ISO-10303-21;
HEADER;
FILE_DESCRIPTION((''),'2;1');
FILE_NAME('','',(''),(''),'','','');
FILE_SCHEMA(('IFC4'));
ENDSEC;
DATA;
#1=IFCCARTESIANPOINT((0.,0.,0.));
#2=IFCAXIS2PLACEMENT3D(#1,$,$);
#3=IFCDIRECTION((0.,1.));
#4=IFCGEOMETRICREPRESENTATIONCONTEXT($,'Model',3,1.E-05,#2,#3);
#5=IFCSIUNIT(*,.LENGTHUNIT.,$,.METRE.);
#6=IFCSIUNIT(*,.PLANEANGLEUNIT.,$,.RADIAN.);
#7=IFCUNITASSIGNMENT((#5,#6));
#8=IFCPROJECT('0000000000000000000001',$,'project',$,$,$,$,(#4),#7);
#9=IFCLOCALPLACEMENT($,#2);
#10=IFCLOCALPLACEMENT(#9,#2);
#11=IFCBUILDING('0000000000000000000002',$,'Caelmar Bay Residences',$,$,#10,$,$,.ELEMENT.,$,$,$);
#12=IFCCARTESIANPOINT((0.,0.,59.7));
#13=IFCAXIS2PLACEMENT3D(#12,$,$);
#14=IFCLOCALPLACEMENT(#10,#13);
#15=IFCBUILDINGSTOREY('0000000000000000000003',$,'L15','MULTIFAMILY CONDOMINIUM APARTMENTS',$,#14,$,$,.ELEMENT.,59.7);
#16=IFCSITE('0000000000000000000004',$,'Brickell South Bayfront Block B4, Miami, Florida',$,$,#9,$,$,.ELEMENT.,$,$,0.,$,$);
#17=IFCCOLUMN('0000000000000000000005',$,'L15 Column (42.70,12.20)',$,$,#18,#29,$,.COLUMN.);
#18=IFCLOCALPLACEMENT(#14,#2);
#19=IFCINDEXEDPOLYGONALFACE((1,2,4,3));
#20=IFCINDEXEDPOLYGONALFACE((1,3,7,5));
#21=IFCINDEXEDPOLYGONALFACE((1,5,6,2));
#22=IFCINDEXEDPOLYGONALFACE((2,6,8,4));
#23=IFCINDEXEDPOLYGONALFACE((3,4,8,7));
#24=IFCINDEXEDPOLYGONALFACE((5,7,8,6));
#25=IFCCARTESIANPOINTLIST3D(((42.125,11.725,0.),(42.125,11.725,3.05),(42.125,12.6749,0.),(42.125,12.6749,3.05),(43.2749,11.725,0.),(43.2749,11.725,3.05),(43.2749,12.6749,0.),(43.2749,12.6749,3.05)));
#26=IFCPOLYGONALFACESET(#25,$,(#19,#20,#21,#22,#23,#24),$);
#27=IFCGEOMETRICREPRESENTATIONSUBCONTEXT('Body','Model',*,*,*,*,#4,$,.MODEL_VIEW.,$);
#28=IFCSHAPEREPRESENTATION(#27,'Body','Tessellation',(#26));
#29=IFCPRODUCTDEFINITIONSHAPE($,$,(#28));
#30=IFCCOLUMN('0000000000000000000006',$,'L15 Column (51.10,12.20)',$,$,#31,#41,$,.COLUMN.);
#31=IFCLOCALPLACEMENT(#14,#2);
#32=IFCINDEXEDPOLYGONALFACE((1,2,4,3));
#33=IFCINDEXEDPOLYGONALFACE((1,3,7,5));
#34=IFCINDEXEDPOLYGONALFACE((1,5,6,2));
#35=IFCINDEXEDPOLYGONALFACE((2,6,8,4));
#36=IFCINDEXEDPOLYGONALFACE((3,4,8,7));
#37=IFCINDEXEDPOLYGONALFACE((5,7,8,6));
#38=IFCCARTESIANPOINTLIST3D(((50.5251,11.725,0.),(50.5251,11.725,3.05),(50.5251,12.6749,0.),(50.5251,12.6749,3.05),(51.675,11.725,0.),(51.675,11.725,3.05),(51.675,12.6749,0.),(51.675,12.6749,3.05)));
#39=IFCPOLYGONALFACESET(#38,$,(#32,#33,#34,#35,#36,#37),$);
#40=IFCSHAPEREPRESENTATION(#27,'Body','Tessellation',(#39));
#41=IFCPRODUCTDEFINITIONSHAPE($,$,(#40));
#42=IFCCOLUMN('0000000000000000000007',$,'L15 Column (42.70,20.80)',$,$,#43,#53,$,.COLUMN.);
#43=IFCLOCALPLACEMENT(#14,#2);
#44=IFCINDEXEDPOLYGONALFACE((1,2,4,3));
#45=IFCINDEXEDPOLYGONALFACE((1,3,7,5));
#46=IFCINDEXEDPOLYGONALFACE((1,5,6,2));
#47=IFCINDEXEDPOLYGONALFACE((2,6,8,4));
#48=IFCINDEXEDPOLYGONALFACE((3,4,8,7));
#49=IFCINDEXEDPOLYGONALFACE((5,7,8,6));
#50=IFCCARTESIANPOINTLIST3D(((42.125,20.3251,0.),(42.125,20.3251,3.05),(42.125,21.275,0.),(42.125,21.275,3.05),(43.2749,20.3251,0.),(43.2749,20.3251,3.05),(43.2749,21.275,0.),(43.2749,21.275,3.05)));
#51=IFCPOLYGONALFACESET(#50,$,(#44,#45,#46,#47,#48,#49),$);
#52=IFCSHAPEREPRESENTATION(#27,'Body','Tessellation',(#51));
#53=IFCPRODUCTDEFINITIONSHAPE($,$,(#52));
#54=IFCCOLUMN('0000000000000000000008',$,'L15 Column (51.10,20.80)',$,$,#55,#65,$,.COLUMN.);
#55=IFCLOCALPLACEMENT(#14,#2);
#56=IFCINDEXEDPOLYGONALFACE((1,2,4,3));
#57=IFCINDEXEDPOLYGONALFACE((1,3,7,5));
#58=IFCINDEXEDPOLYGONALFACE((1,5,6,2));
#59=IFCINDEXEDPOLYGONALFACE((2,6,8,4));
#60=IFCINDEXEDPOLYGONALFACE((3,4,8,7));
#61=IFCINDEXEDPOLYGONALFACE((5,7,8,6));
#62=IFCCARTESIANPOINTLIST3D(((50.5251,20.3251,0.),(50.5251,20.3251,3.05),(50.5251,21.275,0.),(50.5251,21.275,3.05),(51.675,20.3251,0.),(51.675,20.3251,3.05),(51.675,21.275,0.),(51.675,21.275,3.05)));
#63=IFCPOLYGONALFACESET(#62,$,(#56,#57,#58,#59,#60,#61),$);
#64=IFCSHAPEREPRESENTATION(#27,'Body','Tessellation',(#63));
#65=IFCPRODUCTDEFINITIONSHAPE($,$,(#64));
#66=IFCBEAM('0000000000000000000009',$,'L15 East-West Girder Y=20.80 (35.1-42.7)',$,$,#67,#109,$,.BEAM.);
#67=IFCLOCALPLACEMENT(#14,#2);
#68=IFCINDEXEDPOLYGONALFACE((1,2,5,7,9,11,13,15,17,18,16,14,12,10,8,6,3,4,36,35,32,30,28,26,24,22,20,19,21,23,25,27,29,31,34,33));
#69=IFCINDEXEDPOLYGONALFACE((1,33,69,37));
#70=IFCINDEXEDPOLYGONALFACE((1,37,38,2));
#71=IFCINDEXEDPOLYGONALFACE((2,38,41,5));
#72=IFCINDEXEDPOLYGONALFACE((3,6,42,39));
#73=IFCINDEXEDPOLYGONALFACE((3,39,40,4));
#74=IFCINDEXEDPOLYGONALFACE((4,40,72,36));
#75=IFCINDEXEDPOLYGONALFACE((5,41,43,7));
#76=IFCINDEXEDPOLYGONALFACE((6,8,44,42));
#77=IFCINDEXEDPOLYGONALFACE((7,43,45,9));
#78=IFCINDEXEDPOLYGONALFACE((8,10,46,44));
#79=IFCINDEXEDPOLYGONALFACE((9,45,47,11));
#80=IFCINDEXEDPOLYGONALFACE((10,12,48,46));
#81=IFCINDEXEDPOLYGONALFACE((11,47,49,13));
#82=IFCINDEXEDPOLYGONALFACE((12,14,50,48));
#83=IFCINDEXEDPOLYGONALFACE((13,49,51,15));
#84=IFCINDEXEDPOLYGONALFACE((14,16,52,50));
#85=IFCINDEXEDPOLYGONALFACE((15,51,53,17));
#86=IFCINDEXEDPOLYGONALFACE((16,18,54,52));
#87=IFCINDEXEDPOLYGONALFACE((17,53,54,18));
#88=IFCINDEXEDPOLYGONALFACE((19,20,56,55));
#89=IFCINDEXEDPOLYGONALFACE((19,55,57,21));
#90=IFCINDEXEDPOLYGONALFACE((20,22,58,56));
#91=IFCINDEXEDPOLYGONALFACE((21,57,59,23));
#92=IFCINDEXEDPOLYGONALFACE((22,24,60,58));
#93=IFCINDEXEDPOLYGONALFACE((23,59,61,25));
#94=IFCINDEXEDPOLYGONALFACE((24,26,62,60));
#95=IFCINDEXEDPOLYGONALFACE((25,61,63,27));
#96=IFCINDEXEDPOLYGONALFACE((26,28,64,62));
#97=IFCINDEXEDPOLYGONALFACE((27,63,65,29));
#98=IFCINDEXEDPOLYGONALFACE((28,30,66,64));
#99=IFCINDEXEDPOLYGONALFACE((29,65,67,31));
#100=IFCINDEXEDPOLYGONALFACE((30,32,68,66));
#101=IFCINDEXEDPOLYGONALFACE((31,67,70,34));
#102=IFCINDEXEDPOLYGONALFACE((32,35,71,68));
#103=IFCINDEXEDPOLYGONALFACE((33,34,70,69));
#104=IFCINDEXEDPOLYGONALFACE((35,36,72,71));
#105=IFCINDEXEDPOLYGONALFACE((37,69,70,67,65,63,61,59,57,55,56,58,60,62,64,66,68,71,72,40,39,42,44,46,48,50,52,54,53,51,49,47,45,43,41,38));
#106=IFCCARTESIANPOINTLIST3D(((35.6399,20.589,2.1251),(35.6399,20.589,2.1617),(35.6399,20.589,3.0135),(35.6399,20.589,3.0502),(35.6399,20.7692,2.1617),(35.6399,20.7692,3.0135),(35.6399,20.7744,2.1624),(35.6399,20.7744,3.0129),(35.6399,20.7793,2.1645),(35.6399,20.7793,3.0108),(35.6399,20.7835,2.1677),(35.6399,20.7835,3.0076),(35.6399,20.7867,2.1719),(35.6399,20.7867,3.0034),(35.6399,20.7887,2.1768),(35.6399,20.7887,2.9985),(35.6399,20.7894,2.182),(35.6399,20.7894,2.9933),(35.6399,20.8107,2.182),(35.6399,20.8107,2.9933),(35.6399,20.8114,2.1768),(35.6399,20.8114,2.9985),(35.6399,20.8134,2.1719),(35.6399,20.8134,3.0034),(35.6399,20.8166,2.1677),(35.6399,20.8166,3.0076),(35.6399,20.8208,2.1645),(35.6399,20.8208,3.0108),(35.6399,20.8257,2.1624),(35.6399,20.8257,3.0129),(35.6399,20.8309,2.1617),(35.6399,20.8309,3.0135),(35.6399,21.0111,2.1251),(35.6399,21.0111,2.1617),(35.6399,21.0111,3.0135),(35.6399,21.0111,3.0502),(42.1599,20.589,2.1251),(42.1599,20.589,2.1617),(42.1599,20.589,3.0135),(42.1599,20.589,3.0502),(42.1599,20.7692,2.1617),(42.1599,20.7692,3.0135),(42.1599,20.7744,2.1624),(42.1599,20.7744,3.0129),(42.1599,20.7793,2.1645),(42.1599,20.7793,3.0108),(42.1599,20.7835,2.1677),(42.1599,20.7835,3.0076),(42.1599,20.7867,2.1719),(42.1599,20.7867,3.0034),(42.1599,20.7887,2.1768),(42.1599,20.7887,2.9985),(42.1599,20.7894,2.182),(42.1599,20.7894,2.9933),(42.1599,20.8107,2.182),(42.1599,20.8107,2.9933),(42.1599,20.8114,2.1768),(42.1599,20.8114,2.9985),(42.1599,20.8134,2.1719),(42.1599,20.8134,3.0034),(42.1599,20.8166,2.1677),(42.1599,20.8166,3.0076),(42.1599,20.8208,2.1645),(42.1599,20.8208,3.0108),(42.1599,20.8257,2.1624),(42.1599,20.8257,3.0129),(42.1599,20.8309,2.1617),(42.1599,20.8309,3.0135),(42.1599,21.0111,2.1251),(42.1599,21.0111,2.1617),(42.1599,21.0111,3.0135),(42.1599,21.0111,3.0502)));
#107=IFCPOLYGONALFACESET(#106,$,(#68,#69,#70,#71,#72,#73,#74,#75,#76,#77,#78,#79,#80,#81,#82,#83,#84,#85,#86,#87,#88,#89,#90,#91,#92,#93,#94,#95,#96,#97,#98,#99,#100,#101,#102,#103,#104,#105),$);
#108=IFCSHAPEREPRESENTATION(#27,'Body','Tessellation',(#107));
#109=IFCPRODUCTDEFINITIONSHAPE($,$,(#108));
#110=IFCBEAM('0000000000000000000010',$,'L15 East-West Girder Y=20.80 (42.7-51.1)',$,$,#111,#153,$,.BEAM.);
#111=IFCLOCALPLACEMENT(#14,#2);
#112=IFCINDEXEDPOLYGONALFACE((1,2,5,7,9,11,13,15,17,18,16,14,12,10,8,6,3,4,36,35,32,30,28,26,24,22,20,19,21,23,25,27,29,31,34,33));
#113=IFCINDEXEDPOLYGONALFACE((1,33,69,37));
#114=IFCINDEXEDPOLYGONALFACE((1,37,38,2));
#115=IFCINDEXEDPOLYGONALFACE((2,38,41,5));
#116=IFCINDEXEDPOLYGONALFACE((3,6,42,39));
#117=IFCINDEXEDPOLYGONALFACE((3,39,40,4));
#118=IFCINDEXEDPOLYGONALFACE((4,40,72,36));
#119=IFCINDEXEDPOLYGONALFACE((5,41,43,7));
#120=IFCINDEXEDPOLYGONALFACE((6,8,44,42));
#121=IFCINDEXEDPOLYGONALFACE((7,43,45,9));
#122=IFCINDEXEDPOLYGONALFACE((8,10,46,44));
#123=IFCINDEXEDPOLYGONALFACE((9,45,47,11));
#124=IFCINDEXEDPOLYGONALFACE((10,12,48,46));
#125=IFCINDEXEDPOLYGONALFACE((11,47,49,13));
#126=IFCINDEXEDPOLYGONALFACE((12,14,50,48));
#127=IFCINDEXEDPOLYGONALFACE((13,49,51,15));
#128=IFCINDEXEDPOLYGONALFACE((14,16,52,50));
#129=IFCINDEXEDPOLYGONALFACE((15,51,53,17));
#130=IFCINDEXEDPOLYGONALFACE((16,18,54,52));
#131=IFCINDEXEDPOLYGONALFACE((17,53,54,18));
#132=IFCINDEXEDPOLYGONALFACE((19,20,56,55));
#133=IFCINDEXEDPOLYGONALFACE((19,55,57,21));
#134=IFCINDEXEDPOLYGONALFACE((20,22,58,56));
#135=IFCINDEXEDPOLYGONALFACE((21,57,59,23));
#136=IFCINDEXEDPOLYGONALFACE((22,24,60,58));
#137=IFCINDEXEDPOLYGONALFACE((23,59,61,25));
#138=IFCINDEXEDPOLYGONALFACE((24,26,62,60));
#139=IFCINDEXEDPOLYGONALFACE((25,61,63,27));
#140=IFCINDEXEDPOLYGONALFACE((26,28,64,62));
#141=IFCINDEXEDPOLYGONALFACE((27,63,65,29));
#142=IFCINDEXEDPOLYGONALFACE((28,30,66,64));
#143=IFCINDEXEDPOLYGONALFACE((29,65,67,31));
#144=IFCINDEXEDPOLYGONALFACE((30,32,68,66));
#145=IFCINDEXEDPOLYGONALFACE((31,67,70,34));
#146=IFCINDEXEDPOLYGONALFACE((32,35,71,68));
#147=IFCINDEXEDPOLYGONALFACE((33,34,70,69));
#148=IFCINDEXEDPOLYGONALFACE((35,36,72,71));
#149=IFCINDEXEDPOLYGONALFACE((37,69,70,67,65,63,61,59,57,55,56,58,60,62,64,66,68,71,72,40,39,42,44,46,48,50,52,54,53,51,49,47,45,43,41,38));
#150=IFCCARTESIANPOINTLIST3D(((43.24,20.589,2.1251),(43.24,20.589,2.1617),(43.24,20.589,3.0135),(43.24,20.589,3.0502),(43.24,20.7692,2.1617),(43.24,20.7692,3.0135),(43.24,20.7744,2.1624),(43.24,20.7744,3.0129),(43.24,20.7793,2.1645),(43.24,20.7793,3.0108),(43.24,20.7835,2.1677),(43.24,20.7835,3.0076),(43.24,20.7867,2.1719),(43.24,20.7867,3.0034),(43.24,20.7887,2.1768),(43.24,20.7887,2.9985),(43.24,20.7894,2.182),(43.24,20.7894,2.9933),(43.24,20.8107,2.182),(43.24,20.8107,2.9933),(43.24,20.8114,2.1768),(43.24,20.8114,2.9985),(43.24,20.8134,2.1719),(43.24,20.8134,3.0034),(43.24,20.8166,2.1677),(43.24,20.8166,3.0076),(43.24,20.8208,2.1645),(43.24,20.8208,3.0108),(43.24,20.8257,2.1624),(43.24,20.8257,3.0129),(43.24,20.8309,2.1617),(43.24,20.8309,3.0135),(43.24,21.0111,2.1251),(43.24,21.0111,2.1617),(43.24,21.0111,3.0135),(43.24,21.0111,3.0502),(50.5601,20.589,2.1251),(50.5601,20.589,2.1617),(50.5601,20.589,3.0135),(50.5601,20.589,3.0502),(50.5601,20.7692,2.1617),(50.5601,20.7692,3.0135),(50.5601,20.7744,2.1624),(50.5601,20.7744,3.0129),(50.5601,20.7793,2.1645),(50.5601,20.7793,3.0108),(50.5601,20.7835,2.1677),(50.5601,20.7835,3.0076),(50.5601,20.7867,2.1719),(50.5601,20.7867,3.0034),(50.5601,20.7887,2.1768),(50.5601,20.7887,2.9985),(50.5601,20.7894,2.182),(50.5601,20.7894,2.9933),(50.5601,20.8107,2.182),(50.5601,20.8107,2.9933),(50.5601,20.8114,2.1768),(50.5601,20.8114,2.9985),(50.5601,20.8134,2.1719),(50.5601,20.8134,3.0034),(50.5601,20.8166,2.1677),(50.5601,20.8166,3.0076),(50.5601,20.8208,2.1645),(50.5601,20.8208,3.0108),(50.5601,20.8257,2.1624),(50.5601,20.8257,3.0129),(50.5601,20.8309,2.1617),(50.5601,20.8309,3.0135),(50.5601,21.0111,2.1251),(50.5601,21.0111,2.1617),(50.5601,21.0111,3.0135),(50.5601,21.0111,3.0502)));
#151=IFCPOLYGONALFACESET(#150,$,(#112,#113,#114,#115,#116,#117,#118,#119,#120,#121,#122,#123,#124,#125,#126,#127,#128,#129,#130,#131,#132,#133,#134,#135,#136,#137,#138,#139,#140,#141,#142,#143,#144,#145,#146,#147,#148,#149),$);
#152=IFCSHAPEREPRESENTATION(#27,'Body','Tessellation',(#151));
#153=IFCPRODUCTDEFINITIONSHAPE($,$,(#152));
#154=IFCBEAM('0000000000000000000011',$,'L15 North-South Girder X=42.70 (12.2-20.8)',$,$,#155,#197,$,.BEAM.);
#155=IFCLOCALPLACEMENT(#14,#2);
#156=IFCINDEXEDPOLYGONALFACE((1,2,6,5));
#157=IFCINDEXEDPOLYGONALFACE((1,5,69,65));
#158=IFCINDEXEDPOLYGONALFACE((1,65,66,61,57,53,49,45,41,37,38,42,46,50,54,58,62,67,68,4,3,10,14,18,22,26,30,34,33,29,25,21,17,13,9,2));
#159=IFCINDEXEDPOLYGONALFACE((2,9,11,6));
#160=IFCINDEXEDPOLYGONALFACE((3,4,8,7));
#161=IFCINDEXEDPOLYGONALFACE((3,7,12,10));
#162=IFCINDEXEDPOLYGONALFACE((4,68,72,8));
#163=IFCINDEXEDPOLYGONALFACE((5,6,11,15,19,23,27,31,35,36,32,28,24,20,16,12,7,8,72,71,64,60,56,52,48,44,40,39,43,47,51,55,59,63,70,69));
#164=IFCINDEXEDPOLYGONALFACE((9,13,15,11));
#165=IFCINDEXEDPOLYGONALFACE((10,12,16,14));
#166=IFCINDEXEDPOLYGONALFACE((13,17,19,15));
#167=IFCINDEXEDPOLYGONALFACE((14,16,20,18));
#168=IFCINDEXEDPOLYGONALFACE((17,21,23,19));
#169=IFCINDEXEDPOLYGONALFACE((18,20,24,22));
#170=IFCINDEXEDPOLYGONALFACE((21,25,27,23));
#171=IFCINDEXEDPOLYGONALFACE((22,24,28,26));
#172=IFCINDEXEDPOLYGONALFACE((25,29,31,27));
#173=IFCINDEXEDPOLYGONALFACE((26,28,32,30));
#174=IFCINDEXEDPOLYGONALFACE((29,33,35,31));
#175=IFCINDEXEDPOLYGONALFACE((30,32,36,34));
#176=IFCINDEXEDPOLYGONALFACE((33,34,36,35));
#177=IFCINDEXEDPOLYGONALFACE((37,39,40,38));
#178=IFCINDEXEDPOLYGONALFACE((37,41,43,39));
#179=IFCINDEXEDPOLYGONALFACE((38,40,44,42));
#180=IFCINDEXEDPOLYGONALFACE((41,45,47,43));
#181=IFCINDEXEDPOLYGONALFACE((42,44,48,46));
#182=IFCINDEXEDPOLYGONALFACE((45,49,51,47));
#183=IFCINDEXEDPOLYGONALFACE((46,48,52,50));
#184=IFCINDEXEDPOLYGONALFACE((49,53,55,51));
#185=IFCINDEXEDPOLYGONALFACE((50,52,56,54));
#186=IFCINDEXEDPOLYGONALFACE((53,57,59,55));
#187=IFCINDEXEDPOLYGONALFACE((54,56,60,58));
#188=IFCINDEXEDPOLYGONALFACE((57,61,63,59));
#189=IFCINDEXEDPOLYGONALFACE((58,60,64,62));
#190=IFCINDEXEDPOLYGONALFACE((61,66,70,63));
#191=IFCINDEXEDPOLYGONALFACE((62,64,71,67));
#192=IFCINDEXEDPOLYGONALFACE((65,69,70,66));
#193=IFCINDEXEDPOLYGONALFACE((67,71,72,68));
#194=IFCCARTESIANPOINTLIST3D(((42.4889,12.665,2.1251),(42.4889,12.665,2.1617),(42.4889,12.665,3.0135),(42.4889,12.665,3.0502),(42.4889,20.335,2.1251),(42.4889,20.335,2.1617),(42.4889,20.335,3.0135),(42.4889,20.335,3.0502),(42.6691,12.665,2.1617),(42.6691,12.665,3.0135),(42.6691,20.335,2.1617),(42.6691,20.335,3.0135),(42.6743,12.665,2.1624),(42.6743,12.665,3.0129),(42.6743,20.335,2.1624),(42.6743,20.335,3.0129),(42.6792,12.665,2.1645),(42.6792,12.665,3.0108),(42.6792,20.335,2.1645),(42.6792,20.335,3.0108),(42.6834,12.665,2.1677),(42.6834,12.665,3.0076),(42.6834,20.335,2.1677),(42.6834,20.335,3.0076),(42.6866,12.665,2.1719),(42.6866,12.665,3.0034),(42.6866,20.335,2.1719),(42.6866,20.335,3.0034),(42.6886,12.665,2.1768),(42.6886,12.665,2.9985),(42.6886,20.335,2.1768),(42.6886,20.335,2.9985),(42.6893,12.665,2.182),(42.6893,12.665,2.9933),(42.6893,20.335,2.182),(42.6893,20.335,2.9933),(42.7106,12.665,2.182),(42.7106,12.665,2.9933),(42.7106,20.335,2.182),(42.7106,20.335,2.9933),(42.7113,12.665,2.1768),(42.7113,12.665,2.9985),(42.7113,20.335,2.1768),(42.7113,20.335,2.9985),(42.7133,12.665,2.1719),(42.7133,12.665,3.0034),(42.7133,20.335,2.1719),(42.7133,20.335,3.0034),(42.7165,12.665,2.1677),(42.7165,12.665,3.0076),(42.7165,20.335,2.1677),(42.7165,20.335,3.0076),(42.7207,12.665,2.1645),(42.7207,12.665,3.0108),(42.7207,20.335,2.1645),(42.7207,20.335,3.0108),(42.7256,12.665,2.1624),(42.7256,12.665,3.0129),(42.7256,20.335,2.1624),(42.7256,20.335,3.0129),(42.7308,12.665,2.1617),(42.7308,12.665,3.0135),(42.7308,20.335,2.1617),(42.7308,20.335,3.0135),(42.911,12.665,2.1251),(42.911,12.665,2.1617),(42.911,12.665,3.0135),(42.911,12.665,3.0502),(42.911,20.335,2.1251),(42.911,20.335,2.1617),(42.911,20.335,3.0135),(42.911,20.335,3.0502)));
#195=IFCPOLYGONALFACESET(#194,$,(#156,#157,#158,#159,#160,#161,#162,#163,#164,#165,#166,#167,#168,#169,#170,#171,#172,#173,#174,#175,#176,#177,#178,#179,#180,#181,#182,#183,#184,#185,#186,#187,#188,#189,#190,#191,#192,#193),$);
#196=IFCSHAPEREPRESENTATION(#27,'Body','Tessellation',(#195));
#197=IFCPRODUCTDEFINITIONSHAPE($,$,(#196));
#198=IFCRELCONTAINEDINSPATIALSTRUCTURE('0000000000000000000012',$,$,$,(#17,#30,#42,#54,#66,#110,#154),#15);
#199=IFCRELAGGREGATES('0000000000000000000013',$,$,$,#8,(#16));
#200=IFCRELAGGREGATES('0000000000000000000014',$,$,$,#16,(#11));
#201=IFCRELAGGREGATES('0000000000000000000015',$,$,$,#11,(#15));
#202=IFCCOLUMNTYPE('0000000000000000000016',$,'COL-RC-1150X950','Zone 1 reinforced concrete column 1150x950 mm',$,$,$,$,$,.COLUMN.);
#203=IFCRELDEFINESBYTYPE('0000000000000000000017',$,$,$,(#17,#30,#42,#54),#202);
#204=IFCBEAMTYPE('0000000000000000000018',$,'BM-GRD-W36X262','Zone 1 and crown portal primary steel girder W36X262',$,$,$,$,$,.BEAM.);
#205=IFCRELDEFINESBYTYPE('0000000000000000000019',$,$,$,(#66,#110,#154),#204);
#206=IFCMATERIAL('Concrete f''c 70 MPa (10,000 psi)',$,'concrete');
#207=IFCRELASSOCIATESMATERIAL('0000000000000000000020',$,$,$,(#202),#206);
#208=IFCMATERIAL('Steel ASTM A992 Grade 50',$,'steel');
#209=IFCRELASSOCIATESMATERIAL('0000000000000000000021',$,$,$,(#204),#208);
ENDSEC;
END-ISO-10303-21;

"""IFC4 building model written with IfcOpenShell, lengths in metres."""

from ifc_helpers import new_model, si_unit, direction, frame, origin, origin_2d, place, context, subcontext, project, spatial, rectangle, i_section, extrude, material, material_profile, profile_set, type_object, element, save


model = new_model("IFC4")

# Units and contexts
model_context = context("Model", 3, precision=1e-05, world=origin(), true_north=direction((0.0, 1.0)))
body_context = subcontext(model_context, "Body", "Model", "MODEL_VIEW")
ifc_project = project(units=[si_unit("LENGTHUNIT", "METRE"), si_unit("PLANEANGLEUNIT", "RADIAN")], contexts=[model_context])

# Site, building, storey
site_placement = place(None, origin())
site = spatial("IfcSite", under=ifc_project, at=site_placement, Name="Brickell South Bayfront Block B4, Miami, Florida", CompositionType="ELEMENT", RefElevation=0.0)
building_placement = place(site_placement, origin())
building = spatial("IfcBuilding", under=site, at=building_placement, Name="Caelmar Bay Residences", CompositionType="ELEMENT")
storey_placement = place(building_placement, frame((0.0, 0.0, 59.7)))
storey = spatial("IfcBuildingStorey", under=building, at=storey_placement, Name="L15", Description="MULTIFAMILY CONDOMINIUM APARTMENTS", CompositionType="ELEMENT", Elevation=59.7)

# Columns
ifc_material_1 = material(Name="Concrete f'c 70 MPa (10,000 psi)", Category="concrete")
ifc_material_profile_1 = material_profile(ifc_material_1, rectangle(XDim=1.1499, YDim=0.95, at=origin_2d()), Name="RC-COL-1150X950")
ifc_profile_set_1 = profile_set([ifc_material_profile_1], Name="Concrete f'c 70 MPa (10,000 psi)")
column_type = type_object("IfcColumnType", Name="COL-RC-1150X950", Description="Zone 1 reinforced concrete column 1150x950 mm", PredefinedType="COLUMN", material=ifc_profile_set_1)
for number, where, z_axis, x_axis, name in (
    (1, (42.7, 12.2, 0.0), (0.0, 0.0, 1.0), (1.0, 0.0, 0.0), "L15 Column (42.70,12.20)"),
    (2, (51.1001, 12.2, 0.0), (0.0, 0.0, 1.0), (1.0, 0.0, 0.0), "L15 Column (51.10,12.20)"),
    (3, (42.7, 20.8, 0.0), (0.0, 0.0, 1.0), (1.0, 0.0, 0.0), "L15 Column (42.70,20.80)"),
    (4, (51.1001, 20.8, 0.0), (0.0, 0.0, 1.0), (1.0, 0.0, 0.0), "L15 Column (51.10,20.80)"),
):
    element("IfcColumn", number, at=place(storey_placement, frame(where, z_axis=z_axis, x_axis=x_axis)), inside=storey, type_object=column_type, Name=name, PredefinedType="COLUMN", context=body_context, shape_type="SweptSolid", body=[
        extrude(rectangle(XDim=1.1499, YDim=0.95, at=origin_2d()), origin(), (0.0, 0.0, 1.0), 3.05),
    ])

# Beams
ifc_material_2 = material(Name="Steel ASTM A992 Grade 50", Category="steel")
ifc_material_profile_2 = material_profile(ifc_material_2, i_section(OverallWidth=0.4221, OverallDepth=0.925, WebThickness=0.0212, FlangeThickness=0.0366, FilletRadius=0.0203, at=origin_2d()), Name="W36X262")
ifc_profile_set_2 = profile_set([ifc_material_profile_2], Name="Steel ASTM A992 Grade 50")
beam_type_1 = type_object("IfcBeamType", Name="BM-GRD-W36X262", Description="Zone 1 and crown portal primary steel girder W36X262", PredefinedType="BEAM", material=ifc_profile_set_2)
beam_1_placement = place(storey_placement, frame((35.6399, 20.8, 2.5876), z_axis=(1.0, 0.0, 0.0), x_axis=(0.0, 1.0, 0.0)))
element("IfcBeam", 5, at=beam_1_placement, inside=storey, type_object=beam_type_1, Name="L15 East-West Girder Y=20.80 (35.1-42.7)", PredefinedType="BEAM", context=body_context, shape_type="SweptSolid", body=[
    extrude(i_section(OverallWidth=0.4221, OverallDepth=0.925, WebThickness=0.0212, FlangeThickness=0.0366, FilletRadius=0.0203, at=origin_2d()), origin(), (0.0, 0.0, 1.0), 6.52),
])
beam_2_placement = place(storey_placement, frame((43.24, 20.8, 2.5876), z_axis=(1.0, 0.0, 0.0), x_axis=(0.0, 1.0, 0.0)))
element("IfcBeam", 6, at=beam_2_placement, inside=storey, type_object=beam_type_1, Name="L15 East-West Girder Y=20.80 (42.7-51.1)", PredefinedType="BEAM", context=body_context, shape_type="SweptSolid", body=[
    extrude(i_section(OverallWidth=0.4221, OverallDepth=0.925, WebThickness=0.0212, FlangeThickness=0.0366, FilletRadius=0.0203, at=origin_2d()), origin(), (0.0, 0.0, 1.0), 7.3201),
])
beam_3_placement = place(storey_placement, frame((42.7, 12.665, 2.5876), z_axis=(0.0, 1.0, 0.0), x_axis=(-1.0, 0.0, 0.0)))
element("IfcBeam", 7, at=beam_3_placement, inside=storey, type_object=beam_type_1, Name="L15 North-South Girder X=42.70 (12.2-20.8)", PredefinedType="BEAM", context=body_context, shape_type="SweptSolid", body=[
    extrude(i_section(OverallWidth=0.4221, OverallDepth=0.925, WebThickness=0.0212, FlangeThickness=0.0366, FilletRadius=0.0203, at=origin_2d()), origin(), (0.0, 0.0, 1.0), 7.6699),
])

save(model, "model.ifc")
